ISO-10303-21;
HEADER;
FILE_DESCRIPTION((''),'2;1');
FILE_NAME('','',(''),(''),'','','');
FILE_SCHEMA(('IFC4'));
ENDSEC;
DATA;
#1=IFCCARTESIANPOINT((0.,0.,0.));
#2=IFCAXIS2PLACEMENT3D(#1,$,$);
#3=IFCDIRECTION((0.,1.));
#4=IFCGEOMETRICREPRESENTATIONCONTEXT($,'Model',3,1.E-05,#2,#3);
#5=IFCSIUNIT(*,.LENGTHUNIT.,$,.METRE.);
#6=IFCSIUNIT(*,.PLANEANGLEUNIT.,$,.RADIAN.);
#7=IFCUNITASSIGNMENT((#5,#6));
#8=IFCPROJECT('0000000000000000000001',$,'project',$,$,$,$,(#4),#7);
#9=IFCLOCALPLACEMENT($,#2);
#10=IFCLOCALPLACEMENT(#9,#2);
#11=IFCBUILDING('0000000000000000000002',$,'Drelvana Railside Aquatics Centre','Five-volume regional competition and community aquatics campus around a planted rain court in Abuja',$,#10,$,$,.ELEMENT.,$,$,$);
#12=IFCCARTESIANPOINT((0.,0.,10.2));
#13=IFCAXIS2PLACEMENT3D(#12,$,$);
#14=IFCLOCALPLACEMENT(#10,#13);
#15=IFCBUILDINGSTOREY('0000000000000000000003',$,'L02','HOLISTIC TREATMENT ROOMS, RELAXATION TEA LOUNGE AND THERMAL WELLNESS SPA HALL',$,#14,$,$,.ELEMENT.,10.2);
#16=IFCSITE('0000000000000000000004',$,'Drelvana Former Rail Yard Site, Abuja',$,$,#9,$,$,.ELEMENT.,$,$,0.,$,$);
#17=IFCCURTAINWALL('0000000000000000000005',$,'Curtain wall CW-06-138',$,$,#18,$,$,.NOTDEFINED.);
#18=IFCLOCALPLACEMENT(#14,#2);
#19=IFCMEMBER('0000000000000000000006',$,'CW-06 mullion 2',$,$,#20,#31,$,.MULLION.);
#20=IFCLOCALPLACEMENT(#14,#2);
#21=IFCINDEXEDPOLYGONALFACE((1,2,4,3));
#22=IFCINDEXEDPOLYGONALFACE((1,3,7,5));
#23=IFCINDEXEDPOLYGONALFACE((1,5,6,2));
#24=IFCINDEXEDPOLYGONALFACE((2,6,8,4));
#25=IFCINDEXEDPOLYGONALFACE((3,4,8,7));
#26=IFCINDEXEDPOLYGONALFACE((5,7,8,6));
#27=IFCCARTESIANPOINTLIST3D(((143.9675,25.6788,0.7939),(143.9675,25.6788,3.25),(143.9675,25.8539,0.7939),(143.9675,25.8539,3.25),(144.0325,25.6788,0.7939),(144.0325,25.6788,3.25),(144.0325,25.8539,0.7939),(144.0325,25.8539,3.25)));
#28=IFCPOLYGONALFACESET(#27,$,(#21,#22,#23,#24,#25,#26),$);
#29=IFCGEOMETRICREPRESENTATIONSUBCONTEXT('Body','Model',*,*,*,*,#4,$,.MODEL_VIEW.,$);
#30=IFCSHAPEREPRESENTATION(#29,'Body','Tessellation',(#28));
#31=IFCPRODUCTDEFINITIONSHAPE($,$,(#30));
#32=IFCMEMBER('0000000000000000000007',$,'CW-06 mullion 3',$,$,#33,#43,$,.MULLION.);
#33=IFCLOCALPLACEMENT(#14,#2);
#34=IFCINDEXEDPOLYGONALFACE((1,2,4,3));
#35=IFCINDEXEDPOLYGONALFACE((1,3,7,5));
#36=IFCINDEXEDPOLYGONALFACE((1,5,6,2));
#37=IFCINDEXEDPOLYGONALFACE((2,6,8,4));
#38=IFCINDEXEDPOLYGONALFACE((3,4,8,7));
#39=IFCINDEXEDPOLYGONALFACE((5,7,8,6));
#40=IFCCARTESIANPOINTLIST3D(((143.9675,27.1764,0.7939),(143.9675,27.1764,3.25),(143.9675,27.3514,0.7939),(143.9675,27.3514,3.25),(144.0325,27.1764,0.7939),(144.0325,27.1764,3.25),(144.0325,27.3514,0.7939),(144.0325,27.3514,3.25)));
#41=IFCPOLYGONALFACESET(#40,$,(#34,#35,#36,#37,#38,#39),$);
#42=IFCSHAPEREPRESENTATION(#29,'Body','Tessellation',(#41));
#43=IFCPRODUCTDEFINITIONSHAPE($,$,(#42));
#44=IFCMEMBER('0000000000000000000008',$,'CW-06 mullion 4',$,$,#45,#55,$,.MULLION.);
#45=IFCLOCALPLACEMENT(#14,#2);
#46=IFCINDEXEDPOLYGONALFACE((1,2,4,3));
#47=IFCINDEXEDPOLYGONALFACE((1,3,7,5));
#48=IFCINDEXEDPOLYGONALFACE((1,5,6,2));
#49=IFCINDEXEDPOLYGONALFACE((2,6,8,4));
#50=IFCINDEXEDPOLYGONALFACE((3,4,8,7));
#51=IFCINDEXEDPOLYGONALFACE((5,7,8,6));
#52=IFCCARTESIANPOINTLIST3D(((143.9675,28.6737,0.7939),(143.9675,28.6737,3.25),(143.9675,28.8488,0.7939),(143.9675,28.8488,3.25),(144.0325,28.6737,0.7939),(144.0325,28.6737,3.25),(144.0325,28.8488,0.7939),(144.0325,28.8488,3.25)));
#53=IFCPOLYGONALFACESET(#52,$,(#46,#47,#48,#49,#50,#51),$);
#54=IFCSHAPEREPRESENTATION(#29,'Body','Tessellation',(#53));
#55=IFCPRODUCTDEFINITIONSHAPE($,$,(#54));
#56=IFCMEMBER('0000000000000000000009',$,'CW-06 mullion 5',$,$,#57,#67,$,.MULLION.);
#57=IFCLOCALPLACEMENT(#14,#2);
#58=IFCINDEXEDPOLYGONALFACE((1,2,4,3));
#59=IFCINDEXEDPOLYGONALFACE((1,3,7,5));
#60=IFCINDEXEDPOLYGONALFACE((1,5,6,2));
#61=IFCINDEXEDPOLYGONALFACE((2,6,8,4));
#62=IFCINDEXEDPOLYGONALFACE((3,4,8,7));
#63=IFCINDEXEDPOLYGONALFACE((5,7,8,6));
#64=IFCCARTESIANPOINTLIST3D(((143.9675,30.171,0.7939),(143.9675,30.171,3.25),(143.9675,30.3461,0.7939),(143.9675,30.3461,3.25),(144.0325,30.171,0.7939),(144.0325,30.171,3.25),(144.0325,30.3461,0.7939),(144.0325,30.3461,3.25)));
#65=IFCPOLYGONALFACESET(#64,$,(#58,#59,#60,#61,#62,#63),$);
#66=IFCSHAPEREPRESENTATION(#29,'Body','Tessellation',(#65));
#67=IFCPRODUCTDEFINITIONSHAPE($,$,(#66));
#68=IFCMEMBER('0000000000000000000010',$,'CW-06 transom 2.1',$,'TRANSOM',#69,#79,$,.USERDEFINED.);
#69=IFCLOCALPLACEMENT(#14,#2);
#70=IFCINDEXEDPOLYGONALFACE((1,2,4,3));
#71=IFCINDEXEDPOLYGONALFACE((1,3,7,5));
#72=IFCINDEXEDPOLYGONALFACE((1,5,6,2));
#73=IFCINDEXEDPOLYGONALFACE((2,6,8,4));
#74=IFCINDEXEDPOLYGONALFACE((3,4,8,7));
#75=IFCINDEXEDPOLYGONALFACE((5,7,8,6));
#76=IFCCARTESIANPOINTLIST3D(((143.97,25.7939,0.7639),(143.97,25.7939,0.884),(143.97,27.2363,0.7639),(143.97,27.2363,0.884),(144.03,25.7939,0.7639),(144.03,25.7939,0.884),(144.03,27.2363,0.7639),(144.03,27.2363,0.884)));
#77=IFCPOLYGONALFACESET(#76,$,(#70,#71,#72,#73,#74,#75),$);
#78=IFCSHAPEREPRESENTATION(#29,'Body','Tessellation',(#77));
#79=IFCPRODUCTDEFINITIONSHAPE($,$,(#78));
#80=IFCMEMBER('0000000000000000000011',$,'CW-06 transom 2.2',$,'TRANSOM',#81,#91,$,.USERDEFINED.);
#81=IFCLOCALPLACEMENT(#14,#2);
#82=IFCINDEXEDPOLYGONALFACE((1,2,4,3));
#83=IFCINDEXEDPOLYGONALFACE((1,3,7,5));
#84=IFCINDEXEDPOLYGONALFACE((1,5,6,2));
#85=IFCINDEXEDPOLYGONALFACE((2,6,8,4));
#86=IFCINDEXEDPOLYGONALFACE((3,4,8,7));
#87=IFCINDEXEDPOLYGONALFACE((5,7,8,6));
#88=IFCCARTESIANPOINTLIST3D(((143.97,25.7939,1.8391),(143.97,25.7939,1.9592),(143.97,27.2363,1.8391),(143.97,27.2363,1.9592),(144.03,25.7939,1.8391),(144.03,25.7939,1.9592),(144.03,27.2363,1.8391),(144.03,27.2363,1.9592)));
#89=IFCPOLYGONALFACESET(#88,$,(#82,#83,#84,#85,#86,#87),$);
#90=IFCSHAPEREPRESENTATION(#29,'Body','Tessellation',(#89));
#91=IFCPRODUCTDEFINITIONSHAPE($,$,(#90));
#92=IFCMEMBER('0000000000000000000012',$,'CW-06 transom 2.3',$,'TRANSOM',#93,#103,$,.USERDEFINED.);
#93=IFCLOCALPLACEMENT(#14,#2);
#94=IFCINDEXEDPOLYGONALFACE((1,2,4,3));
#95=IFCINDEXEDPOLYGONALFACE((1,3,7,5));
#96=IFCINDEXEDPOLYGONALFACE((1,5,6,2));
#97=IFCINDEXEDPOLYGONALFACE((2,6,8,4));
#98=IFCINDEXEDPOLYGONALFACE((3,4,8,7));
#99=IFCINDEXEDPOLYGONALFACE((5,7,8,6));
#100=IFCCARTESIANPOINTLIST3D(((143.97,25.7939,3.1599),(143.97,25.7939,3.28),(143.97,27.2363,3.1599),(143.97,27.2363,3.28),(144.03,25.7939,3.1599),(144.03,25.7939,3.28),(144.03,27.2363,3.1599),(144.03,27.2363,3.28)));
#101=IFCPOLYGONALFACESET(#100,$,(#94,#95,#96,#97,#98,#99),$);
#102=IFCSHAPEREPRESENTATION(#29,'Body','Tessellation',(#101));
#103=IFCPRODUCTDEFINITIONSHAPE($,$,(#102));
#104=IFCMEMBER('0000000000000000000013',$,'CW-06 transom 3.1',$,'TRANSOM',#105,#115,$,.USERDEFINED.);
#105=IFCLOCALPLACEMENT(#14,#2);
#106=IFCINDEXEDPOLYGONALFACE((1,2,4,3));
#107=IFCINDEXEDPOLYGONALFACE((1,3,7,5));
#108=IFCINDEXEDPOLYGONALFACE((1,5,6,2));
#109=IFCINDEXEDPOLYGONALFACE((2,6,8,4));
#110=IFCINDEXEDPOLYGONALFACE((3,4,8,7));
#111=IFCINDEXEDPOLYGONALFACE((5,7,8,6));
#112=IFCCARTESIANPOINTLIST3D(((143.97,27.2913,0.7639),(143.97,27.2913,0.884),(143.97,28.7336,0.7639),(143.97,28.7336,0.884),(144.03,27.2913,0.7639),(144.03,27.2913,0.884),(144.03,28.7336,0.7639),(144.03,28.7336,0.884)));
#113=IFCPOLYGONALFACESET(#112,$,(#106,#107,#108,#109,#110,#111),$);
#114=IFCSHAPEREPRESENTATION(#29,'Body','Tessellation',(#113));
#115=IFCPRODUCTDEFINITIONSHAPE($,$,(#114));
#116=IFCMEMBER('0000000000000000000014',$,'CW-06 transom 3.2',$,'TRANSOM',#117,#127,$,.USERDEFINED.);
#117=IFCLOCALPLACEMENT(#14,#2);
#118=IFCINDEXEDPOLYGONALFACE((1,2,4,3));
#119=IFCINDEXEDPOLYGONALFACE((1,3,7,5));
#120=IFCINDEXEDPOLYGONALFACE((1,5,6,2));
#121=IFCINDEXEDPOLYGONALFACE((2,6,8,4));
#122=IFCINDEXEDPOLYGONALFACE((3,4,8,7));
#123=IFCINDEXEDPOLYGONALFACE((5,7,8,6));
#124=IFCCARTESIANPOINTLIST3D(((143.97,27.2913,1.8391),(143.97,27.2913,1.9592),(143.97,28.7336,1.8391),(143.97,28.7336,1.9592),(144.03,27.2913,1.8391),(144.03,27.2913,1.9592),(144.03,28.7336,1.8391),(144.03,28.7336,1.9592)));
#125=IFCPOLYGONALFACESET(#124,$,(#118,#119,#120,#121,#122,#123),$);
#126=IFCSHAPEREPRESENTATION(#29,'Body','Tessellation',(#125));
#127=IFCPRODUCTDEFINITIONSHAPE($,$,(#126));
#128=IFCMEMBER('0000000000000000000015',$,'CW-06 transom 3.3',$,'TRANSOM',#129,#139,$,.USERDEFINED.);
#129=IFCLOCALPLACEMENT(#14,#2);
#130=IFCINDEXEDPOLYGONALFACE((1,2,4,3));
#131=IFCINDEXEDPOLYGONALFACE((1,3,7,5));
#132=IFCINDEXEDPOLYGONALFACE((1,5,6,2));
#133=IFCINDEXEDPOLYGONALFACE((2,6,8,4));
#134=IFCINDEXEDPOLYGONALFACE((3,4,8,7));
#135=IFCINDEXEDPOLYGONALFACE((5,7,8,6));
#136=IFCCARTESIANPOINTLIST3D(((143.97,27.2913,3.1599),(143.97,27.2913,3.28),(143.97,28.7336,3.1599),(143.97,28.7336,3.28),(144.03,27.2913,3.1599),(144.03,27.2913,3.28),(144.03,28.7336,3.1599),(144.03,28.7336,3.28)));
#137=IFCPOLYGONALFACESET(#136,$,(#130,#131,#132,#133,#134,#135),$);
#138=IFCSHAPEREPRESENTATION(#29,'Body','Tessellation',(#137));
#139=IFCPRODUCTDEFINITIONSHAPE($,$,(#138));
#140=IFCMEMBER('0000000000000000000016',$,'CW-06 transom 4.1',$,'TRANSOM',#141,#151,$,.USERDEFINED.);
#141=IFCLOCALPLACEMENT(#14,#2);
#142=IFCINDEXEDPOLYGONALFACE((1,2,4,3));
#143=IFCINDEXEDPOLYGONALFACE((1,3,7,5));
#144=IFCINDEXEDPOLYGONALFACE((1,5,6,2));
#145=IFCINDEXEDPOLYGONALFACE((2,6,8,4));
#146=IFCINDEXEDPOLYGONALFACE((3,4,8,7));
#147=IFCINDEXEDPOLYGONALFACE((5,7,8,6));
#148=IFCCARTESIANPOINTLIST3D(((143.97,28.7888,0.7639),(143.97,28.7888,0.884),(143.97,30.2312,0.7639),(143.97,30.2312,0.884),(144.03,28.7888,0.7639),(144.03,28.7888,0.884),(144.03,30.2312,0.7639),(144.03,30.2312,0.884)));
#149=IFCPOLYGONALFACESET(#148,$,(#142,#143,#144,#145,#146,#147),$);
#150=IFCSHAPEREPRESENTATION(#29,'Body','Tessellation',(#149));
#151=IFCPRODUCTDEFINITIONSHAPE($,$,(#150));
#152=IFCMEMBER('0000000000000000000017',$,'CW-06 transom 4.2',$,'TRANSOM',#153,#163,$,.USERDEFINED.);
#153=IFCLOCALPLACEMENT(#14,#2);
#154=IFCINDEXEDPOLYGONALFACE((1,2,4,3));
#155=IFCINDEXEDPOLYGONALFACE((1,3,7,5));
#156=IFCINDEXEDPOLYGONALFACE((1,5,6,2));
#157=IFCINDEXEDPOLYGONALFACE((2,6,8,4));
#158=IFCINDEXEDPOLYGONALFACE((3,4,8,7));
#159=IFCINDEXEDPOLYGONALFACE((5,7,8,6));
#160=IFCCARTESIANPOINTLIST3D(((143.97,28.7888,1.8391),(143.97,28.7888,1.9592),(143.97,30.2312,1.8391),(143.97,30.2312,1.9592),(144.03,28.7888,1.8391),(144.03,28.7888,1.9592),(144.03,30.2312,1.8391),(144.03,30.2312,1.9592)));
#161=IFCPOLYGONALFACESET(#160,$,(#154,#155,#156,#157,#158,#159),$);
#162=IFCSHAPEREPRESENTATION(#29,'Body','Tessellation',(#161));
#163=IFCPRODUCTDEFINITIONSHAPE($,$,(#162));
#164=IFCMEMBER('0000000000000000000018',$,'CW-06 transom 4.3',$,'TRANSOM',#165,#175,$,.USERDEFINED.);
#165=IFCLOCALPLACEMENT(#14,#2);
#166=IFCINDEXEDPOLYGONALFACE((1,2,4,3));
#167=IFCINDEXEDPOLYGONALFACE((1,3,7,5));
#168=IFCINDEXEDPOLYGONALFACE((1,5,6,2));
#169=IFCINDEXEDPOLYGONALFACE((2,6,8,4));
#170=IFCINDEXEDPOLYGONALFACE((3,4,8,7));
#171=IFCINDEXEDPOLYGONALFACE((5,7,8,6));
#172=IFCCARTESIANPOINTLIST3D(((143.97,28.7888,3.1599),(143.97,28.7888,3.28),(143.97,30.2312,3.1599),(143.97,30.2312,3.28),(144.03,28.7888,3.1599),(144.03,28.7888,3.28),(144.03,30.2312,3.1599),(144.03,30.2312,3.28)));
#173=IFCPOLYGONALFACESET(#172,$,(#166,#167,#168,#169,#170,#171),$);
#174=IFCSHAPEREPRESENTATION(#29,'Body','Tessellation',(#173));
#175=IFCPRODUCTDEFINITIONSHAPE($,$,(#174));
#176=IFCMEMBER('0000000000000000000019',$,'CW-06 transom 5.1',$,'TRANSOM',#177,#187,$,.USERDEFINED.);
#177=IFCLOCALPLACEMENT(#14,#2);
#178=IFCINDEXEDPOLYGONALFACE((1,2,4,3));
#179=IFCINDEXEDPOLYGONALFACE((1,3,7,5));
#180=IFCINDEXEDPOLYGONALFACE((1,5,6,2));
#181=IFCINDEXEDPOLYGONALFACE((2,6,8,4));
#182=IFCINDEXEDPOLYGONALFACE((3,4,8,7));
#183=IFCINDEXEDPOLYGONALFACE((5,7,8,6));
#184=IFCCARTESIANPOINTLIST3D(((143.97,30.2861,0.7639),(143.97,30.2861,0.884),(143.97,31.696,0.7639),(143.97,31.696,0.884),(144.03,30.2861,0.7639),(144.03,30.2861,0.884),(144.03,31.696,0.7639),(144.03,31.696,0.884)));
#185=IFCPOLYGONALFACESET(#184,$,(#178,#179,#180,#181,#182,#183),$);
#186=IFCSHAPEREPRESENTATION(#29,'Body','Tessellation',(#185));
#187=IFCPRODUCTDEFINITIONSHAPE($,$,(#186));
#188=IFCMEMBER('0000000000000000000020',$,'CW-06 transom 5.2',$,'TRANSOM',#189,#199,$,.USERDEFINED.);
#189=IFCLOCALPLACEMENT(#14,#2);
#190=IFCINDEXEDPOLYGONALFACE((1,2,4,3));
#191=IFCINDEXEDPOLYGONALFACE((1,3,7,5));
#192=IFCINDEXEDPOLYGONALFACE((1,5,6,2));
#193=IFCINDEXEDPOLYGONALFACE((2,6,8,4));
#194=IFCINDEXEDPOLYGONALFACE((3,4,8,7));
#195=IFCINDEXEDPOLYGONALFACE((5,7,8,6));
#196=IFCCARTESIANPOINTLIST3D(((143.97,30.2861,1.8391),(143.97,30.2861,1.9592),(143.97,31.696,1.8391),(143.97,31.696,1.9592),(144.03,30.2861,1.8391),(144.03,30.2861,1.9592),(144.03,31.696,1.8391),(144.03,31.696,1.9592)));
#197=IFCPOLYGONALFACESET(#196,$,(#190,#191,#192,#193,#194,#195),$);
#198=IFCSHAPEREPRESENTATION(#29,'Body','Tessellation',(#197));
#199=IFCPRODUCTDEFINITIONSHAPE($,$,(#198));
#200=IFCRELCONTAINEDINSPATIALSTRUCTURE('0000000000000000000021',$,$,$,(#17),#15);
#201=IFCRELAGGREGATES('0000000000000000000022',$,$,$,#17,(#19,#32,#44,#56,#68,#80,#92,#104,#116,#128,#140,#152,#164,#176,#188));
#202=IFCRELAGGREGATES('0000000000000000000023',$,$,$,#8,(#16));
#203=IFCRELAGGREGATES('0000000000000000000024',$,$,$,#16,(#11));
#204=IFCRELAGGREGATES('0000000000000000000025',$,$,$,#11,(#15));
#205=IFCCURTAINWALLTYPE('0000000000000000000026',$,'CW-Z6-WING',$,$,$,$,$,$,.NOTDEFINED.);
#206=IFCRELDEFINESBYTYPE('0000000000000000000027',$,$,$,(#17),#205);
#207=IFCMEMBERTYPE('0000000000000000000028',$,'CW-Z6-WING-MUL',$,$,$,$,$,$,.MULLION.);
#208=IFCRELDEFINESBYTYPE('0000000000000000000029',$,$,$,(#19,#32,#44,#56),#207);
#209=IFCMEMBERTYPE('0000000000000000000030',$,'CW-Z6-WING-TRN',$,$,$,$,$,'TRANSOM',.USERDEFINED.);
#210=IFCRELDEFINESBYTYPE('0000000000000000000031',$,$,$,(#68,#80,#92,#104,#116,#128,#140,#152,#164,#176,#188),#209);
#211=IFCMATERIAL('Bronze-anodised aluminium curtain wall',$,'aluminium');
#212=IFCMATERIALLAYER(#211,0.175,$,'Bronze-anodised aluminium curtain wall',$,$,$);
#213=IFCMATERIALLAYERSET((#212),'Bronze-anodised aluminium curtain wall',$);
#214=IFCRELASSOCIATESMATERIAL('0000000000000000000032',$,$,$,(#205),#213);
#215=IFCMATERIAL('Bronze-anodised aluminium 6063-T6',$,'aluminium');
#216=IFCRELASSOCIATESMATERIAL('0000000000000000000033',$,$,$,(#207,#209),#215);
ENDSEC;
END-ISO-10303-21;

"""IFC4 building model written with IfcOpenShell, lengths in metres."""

from ifc_helpers import new_model, si_unit, direction, frame, origin, origin_2d, place, context, subcontext, project, spatial, rectangle, extrude, material, layer, layer_set, material_profile, profile_set, type_object, element, aggregate, save


model = new_model("IFC4")

# Units and contexts
model_context = context("Model", 3, precision=1e-05, world=origin(), true_north=direction((0.0, 1.0)))
body_context = subcontext(model_context, "Body", "Model", "MODEL_VIEW")
ifc_project = project(units=[si_unit("LENGTHUNIT", "METRE"), si_unit("PLANEANGLEUNIT", "RADIAN")], contexts=[model_context])

# Site, building, storey
site_placement = place(None, origin())
site = spatial("IfcSite", under=ifc_project, at=site_placement, Name="Drelvana Former Rail Yard Site, Abuja", CompositionType="ELEMENT", RefElevation=0.0)
building_placement = place(site_placement, origin())
building = spatial("IfcBuilding", under=site, at=building_placement, Name="Drelvana Railside Aquatics Centre", Description="Five-volume regional competition and community aquatics campus around a planted rain court in Abuja", CompositionType="ELEMENT")
storey_placement = place(building_placement, frame((0.0, 0.0, 10.2)))
storey = spatial("IfcBuildingStorey", under=building, at=storey_placement, Name="L02", Description="HOLISTIC TREATMENT ROOMS, RELAXATION TEA LOUNGE AND THERMAL WELLNESS SPA HALL", CompositionType="ELEMENT", Elevation=10.2)

# Curtain wall, members
ifc_material_1 = material(Name="Bronze-anodised aluminium curtain wall", Category="aluminium")
ifc_layer_1 = layer(ifc_material_1, 0.175, Name="Bronze-anodised aluminium curtain wall")
ifc_layer_set_1 = layer_set([ifc_layer_1], Name="Bronze-anodised aluminium curtain wall")
curtain_wall_type = type_object("IfcCurtainWallType", Name="CW-Z6-WING", PredefinedType="NOTDEFINED", material=ifc_layer_set_1)
curtain_wall_placement = place(storey_placement, origin())
curtain_wall = element("IfcCurtainWall", 1, at=curtain_wall_placement, inside=storey, type_object=curtain_wall_type, Name="Curtain wall CW-06-138", PredefinedType="NOTDEFINED")
ifc_material_2 = material(Name="Bronze-anodised aluminium 6063-T6", Category="aluminium")
ifc_material_profile_1 = material_profile(ifc_material_2, rectangle(XDim=0.0649, YDim=0.175, at=origin_2d()), Name="ALU-M 65x175")
ifc_profile_set_1 = profile_set([ifc_material_profile_1], Name="Bronze-anodised aluminium 6063-T6")
member_type_1 = type_object("IfcMemberType", Name="CW-Z6-WING-MUL", PredefinedType="MULLION", material=ifc_profile_set_1)
member_1_placement = place(storey_placement, frame((144.0, 25.7664, 0.7939), z_axis=(0.0, 0.0, 1.0), x_axis=(-1.0, 0.0, 0.0)))
member_1 = element("IfcMember", 2, at=member_1_placement, type_object=member_type_1, Name="CW-06 mullion 2", PredefinedType="MULLION", context=body_context, shape_type="SweptSolid", body=[
    extrude(rectangle(XDim=0.0649, YDim=0.175, at=origin_2d()), origin(), (0.0, 0.0, 1.0), 2.4561),
])
member_2_placement = place(storey_placement, frame((144.0, 27.2639, 0.7939), z_axis=(0.0, 0.0, 1.0), x_axis=(-1.0, 0.0, 0.0)))
member_2 = element("IfcMember", 3, at=member_2_placement, type_object=member_type_1, Name="CW-06 mullion 3", PredefinedType="MULLION", context=body_context, shape_type="SweptSolid", body=[
    extrude(rectangle(XDim=0.0649, YDim=0.175, at=origin_2d()), origin(), (0.0, 0.0, 1.0), 2.4561),
])
member_3_placement = place(storey_placement, frame((144.0, 28.7612, 0.7939), z_axis=(0.0, 0.0, 1.0), x_axis=(-1.0, 0.0, 0.0)))
member_3 = element("IfcMember", 4, at=member_3_placement, type_object=member_type_1, Name="CW-06 mullion 4", PredefinedType="MULLION", context=body_context, shape_type="SweptSolid", body=[
    extrude(rectangle(XDim=0.0649, YDim=0.175, at=origin_2d()), origin(), (0.0, 0.0, 1.0), 2.4561),
])
member_4_placement = place(storey_placement, frame((144.0, 30.2585, 0.7939), z_axis=(0.0, 0.0, 1.0), x_axis=(-1.0, 0.0, 0.0)))
member_4 = element("IfcMember", 5, at=member_4_placement, type_object=member_type_1, Name="CW-06 mullion 5", PredefinedType="MULLION", context=body_context, shape_type="SweptSolid", body=[
    extrude(rectangle(XDim=0.0649, YDim=0.175, at=origin_2d()), origin(), (0.0, 0.0, 1.0), 2.4561),
])
ifc_material_profile_2 = material_profile(ifc_material_2, rectangle(XDim=0.1201, YDim=0.0601, at=origin_2d()), Name="ALU-T 60x120")
ifc_profile_set_2 = profile_set([ifc_material_profile_2], Name="Bronze-anodised aluminium 6063-T6")
member_type_2 = type_object("IfcMemberType", Name="CW-Z6-WING-TRN", ElementType="TRANSOM", PredefinedType="USERDEFINED", material=ifc_profile_set_2)
member_5_placement = place(storey_placement, frame((144.0, 25.7939, 0.824), z_axis=(0.0, 1.0, 0.0), x_axis=(0.0, 0.0, 1.0)))
member_5 = element("IfcMember", 6, at=member_5_placement, type_object=member_type_2, Name="CW-06 transom 2.1", ObjectType="TRANSOM", PredefinedType="USERDEFINED", context=body_context, shape_type="SweptSolid", body=[
    extrude(rectangle(XDim=0.1201, YDim=0.0601, at=origin_2d()), origin(), (0.0, 0.0, 1.0), 1.4424),
])
member_6_placement = place(storey_placement, frame((144.0, 25.7939, 1.8992), z_axis=(0.0, 1.0, 0.0), x_axis=(0.0, 0.0, 1.0)))
member_6 = element("IfcMember", 7, at=member_6_placement, type_object=member_type_2, Name="CW-06 transom 2.2", ObjectType="TRANSOM", PredefinedType="USERDEFINED", context=body_context, shape_type="SweptSolid", body=[
    extrude(rectangle(XDim=0.1201, YDim=0.0601, at=origin_2d()), origin(), (0.0, 0.0, 1.0), 1.4424),
])
member_7_placement = place(storey_placement, frame((144.0, 25.7939, 3.22), z_axis=(0.0, 1.0, 0.0), x_axis=(0.0, 0.0, 1.0)))
member_7 = element("IfcMember", 8, at=member_7_placement, type_object=member_type_2, Name="CW-06 transom 2.3", ObjectType="TRANSOM", PredefinedType="USERDEFINED", context=body_context, shape_type="SweptSolid", body=[
    extrude(rectangle(XDim=0.1201, YDim=0.0601, at=origin_2d()), origin(), (0.0, 0.0, 1.0), 1.4424),
])
member_8_placement = place(storey_placement, frame((144.0, 27.2913, 0.824), z_axis=(0.0, 1.0, 0.0), x_axis=(0.0, 0.0, 1.0)))
member_8 = element("IfcMember", 9, at=member_8_placement, type_object=member_type_2, Name="CW-06 transom 3.1", ObjectType="TRANSOM", PredefinedType="USERDEFINED", context=body_context, shape_type="SweptSolid", body=[
    extrude(rectangle(XDim=0.1201, YDim=0.0601, at=origin_2d()), origin(), (0.0, 0.0, 1.0), 1.4424),
])
member_9_placement = place(storey_placement, frame((144.0, 27.2913, 1.8992), z_axis=(0.0, 1.0, 0.0), x_axis=(0.0, 0.0, 1.0)))
member_9 = element("IfcMember", 10, at=member_9_placement, type_object=member_type_2, Name="CW-06 transom 3.2", ObjectType="TRANSOM", PredefinedType="USERDEFINED", context=body_context, shape_type="SweptSolid", body=[
    extrude(rectangle(XDim=0.1201, YDim=0.0601, at=origin_2d()), origin(), (0.0, 0.0, 1.0), 1.4424),
])
member_10_placement = place(storey_placement, frame((144.0, 27.2913, 3.22), z_axis=(0.0, 1.0, 0.0), x_axis=(0.0, 0.0, 1.0)))
member_10 = element("IfcMember", 11, at=member_10_placement, type_object=member_type_2, Name="CW-06 transom 3.3", ObjectType="TRANSOM", PredefinedType="USERDEFINED", context=body_context, shape_type="SweptSolid", body=[
    extrude(rectangle(XDim=0.1201, YDim=0.0601, at=origin_2d()), origin(), (0.0, 0.0, 1.0), 1.4424),
])
member_11_placement = place(storey_placement, frame((144.0, 28.7888, 0.824), z_axis=(0.0, 1.0, 0.0), x_axis=(0.0, 0.0, 1.0)))
member_11 = element("IfcMember", 12, at=member_11_placement, type_object=member_type_2, Name="CW-06 transom 4.1", ObjectType="TRANSOM", PredefinedType="USERDEFINED", context=body_context, shape_type="SweptSolid", body=[
    extrude(rectangle(XDim=0.1201, YDim=0.0601, at=origin_2d()), origin(), (0.0, 0.0, 1.0), 1.4424),
])
member_12_placement = place(storey_placement, frame((144.0, 28.7888, 1.8992), z_axis=(0.0, 1.0, 0.0), x_axis=(0.0, 0.0, 1.0)))
member_12 = element("IfcMember", 13, at=member_12_placement, type_object=member_type_2, Name="CW-06 transom 4.2", ObjectType="TRANSOM", PredefinedType="USERDEFINED", context=body_context, shape_type="SweptSolid", body=[
    extrude(rectangle(XDim=0.1201, YDim=0.0601, at=origin_2d()), origin(), (0.0, 0.0, 1.0), 1.4424),
])
member_13_placement = place(storey_placement, frame((144.0, 28.7888, 3.22), z_axis=(0.0, 1.0, 0.0), x_axis=(0.0, 0.0, 1.0)))
member_13 = element("IfcMember", 14, at=member_13_placement, type_object=member_type_2, Name="CW-06 transom 4.3", ObjectType="TRANSOM", PredefinedType="USERDEFINED", context=body_context, shape_type="SweptSolid", body=[
    extrude(rectangle(XDim=0.1201, YDim=0.0601, at=origin_2d()), origin(), (0.0, 0.0, 1.0), 1.4424),
])
member_14_placement = place(storey_placement, frame((144.0, 30.2861, 0.824), z_axis=(0.0, 1.0, 0.0), x_axis=(0.0, 0.0, 1.0)))
member_14 = element("IfcMember", 15, at=member_14_placement, type_object=member_type_2, Name="CW-06 transom 5.1", ObjectType="TRANSOM", PredefinedType="USERDEFINED", context=body_context, shape_type="SweptSolid", body=[
    extrude(rectangle(XDim=0.1201, YDim=0.0601, at=origin_2d()), origin(), (0.0, 0.0, 1.0), 1.4099),
])
member_15_placement = place(storey_placement, frame((144.0, 30.2861, 1.8992), z_axis=(0.0, 1.0, 0.0), x_axis=(0.0, 0.0, 1.0)))
member_15 = element("IfcMember", 16, at=member_15_placement, type_object=member_type_2, Name="CW-06 transom 5.2", ObjectType="TRANSOM", PredefinedType="USERDEFINED", context=body_context, shape_type="SweptSolid", body=[
    extrude(rectangle(XDim=0.1201, YDim=0.0601, at=origin_2d()), origin(), (0.0, 0.0, 1.0), 1.4099),
])
aggregate(curtain_wall, [member_1, member_2, member_3, member_4, member_5, member_6, member_7, member_8, member_9, member_10, member_11, member_12, member_13, member_14, member_15])

save(model, "model.ifc")
